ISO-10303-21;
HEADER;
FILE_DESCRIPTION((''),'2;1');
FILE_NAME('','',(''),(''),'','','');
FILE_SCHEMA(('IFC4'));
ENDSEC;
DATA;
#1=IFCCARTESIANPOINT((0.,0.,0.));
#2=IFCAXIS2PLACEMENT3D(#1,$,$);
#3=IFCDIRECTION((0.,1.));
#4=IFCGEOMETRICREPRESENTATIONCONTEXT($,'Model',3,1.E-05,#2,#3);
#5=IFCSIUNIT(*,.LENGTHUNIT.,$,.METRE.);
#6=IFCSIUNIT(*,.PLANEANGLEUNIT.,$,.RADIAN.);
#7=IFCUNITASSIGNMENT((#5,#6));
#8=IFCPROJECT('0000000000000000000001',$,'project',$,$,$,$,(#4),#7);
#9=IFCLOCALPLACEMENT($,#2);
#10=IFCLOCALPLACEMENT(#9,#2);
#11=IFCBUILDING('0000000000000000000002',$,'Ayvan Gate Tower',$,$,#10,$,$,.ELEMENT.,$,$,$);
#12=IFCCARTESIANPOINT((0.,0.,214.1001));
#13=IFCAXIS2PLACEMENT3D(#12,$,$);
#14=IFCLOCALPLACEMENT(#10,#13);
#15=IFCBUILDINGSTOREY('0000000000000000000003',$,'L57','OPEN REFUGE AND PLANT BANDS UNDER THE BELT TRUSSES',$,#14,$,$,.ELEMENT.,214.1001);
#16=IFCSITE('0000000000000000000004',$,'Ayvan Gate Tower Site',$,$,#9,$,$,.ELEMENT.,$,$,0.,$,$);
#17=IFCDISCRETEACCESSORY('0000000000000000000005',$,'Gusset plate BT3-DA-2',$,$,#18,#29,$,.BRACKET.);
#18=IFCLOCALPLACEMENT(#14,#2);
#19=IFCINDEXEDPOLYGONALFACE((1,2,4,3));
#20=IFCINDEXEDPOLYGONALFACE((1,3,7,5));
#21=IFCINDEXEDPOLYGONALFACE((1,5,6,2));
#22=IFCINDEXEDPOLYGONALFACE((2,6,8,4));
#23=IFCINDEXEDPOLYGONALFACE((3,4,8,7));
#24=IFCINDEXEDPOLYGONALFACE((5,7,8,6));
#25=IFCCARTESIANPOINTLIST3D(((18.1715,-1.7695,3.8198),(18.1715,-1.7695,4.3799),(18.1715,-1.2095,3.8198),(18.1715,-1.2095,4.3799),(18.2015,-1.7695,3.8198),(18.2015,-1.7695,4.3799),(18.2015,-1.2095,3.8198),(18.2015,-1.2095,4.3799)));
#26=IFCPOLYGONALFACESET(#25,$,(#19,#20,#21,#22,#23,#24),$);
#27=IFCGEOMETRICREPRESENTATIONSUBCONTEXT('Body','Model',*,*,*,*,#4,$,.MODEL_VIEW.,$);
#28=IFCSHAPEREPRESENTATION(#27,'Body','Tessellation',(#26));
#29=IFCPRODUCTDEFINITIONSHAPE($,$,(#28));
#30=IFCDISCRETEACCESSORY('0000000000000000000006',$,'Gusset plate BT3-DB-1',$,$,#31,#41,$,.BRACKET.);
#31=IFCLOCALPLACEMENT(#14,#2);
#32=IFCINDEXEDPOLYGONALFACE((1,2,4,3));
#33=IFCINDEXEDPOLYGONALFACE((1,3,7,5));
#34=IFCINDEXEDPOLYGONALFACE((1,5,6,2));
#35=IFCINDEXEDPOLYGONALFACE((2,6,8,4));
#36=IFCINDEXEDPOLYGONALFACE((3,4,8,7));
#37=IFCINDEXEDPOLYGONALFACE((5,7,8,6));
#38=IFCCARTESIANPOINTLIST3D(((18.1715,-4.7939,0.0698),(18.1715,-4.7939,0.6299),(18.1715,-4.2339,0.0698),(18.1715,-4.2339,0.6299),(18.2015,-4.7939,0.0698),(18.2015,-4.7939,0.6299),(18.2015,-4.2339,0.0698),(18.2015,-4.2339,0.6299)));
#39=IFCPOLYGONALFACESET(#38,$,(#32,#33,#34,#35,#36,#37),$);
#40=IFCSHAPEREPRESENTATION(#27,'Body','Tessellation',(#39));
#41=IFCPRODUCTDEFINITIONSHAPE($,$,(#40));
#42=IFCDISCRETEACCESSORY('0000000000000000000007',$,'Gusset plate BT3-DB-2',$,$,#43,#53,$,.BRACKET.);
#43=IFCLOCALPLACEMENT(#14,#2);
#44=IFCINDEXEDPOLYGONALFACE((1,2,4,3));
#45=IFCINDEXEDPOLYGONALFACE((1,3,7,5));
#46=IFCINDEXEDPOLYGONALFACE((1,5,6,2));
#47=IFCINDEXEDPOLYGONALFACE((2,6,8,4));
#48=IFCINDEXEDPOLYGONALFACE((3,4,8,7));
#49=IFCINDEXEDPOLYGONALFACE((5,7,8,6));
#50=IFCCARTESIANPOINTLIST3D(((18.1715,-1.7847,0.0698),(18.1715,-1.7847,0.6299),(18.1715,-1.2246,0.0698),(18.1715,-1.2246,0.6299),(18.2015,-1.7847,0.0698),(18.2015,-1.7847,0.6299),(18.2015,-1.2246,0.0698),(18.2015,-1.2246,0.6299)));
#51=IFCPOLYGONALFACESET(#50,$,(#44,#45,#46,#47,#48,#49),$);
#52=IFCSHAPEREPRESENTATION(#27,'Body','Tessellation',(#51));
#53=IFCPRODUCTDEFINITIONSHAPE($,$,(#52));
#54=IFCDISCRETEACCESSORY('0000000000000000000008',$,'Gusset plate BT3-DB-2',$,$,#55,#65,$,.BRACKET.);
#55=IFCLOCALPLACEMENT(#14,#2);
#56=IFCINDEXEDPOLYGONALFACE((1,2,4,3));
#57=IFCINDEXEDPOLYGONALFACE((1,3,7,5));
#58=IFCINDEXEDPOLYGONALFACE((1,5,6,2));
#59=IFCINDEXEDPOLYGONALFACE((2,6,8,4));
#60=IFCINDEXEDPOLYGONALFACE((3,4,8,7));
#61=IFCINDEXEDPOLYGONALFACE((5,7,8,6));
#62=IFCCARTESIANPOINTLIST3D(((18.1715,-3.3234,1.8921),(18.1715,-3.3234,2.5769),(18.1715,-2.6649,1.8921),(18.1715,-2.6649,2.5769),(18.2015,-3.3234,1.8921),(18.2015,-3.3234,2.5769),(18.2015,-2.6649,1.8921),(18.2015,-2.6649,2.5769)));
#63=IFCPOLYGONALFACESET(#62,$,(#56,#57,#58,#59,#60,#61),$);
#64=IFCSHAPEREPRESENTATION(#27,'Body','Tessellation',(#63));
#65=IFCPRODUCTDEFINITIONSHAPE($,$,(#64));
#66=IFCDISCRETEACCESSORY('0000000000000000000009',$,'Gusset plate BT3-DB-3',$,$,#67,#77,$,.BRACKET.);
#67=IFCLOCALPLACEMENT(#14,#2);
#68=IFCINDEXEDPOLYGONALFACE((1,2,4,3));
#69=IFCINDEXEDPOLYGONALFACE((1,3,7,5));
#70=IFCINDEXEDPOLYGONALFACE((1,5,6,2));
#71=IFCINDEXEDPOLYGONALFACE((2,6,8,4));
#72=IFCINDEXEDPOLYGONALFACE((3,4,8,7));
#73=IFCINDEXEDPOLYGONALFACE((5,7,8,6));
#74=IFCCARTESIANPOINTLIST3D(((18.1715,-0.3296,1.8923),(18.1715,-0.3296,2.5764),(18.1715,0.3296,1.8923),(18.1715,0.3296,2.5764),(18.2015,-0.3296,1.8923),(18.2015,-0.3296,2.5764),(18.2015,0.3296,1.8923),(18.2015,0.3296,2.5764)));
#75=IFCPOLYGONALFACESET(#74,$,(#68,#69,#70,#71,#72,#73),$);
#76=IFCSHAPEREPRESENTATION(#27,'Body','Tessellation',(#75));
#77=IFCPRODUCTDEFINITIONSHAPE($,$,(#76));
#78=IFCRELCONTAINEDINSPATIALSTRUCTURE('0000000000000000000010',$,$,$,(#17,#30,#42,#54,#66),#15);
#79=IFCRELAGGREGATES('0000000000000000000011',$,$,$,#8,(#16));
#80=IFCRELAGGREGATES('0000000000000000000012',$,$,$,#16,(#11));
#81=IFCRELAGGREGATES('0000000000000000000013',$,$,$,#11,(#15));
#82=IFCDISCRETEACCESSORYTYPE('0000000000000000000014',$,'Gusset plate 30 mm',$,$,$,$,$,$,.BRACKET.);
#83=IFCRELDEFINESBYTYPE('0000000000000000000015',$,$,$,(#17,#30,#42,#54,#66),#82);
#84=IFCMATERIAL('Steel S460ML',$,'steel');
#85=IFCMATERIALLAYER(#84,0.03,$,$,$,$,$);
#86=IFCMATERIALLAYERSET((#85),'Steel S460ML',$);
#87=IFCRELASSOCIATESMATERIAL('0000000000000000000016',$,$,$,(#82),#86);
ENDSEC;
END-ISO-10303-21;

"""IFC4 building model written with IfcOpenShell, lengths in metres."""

from ifc_helpers import new_model, si_unit, direction, frame, origin, origin_2d, place, context, subcontext, project, spatial, rectangle, extrude, material, layer, layer_set, type_object, element, save


model = new_model("IFC4")

# Units and contexts
model_context = context("Model", 3, precision=1e-05, world=origin(), true_north=direction((0.0, 1.0)))
body_context = subcontext(model_context, "Body", "Model", "MODEL_VIEW")
ifc_project = project(units=[si_unit("LENGTHUNIT", "METRE"), si_unit("PLANEANGLEUNIT", "RADIAN")], contexts=[model_context])

# Site, building, storey
site_placement = place(None, origin())
site = spatial("IfcSite", under=ifc_project, at=site_placement, Name="Ayvan Gate Tower Site", CompositionType="ELEMENT", RefElevation=0.0)
building_placement = place(site_placement, origin())
building = spatial("IfcBuilding", under=site, at=building_placement, Name="Ayvan Gate Tower", CompositionType="ELEMENT")
storey_placement = place(building_placement, frame((0.0, 0.0, 214.1001)))
storey = spatial("IfcBuildingStorey", under=building, at=storey_placement, Name="L57", Description="OPEN REFUGE AND PLANT BANDS UNDER THE BELT TRUSSES", CompositionType="ELEMENT", Elevation=214.1001)

# Shared definitions
ifc_material_1 = material(Name="Steel S460ML", Category="steel")

# Discrete accessories
ifc_layer_1 = layer(ifc_material_1, 0.03)
ifc_layer_set_1 = layer_set([ifc_layer_1], Name="Steel S460ML")
discrete_accessory_type_1 = type_object("IfcDiscreteAccessoryType", Name="Gusset plate 30 mm", PredefinedType="BRACKET", material=ifc_layer_set_1)
for number, where, z_axis, x_axis, name in (
    (1, (18.1865, -1.4895, 3.8198), (0.0, 0.0, 1.0), (0.0, 1.0, 0.0), "Gusset plate BT3-DA-2"),
    (2, (18.1865, -4.5139, 0.0698), (0.0, 0.0, 1.0), (0.0, 1.0, 0.0), "Gusset plate BT3-DB-1"),
    (3, (18.1865, -1.5046, 0.0698), (0.0, 0.0, 1.0), (0.0, 1.0, 0.0), "Gusset plate BT3-DB-2"),
):
    element("IfcDiscreteAccessory", number, at=place(storey_placement, frame(where, z_axis=z_axis, x_axis=x_axis)), inside=storey, type_object=discrete_accessory_type_1, Name=name, PredefinedType="BRACKET", context=body_context, shape_type="SweptSolid", body=[
        extrude(rectangle(XDim=0.5601, YDim=0.03, at=origin_2d()), origin(), (0.0, 0.0, 1.0), 0.5601),
    ])
discrete_accessory_1_placement = place(storey_placement, frame((18.1865, -2.9941, 1.8921), z_axis=(0.0, 0.0, 1.0), x_axis=(0.0, 1.0, 0.0)))
element("IfcDiscreteAccessory", 4, at=discrete_accessory_1_placement, inside=storey, type_object=discrete_accessory_type_1, Name="Gusset plate BT3-DB-2", PredefinedType="BRACKET", context=body_context, shape_type="SweptSolid", body=[
    extrude(rectangle(XDim=0.6584, YDim=0.03, at=origin_2d()), origin(), (0.0, 0.0, 1.0), 0.6848),
])
discrete_accessory_2_placement = place(storey_placement, frame((18.1865, 0.0, 1.8923), z_axis=(0.0, 0.0, 1.0), x_axis=(0.0, 1.0, 0.0)))
element("IfcDiscreteAccessory", 5, at=discrete_accessory_2_placement, inside=storey, type_object=discrete_accessory_type_1, Name="Gusset plate BT3-DB-3", PredefinedType="BRACKET", context=body_context, shape_type="SweptSolid", body=[
    extrude(rectangle(XDim=0.6592, YDim=0.03, at=origin_2d()), origin(), (0.0, 0.0, 1.0), 0.6841),
])

save(model, "model.ifc")
